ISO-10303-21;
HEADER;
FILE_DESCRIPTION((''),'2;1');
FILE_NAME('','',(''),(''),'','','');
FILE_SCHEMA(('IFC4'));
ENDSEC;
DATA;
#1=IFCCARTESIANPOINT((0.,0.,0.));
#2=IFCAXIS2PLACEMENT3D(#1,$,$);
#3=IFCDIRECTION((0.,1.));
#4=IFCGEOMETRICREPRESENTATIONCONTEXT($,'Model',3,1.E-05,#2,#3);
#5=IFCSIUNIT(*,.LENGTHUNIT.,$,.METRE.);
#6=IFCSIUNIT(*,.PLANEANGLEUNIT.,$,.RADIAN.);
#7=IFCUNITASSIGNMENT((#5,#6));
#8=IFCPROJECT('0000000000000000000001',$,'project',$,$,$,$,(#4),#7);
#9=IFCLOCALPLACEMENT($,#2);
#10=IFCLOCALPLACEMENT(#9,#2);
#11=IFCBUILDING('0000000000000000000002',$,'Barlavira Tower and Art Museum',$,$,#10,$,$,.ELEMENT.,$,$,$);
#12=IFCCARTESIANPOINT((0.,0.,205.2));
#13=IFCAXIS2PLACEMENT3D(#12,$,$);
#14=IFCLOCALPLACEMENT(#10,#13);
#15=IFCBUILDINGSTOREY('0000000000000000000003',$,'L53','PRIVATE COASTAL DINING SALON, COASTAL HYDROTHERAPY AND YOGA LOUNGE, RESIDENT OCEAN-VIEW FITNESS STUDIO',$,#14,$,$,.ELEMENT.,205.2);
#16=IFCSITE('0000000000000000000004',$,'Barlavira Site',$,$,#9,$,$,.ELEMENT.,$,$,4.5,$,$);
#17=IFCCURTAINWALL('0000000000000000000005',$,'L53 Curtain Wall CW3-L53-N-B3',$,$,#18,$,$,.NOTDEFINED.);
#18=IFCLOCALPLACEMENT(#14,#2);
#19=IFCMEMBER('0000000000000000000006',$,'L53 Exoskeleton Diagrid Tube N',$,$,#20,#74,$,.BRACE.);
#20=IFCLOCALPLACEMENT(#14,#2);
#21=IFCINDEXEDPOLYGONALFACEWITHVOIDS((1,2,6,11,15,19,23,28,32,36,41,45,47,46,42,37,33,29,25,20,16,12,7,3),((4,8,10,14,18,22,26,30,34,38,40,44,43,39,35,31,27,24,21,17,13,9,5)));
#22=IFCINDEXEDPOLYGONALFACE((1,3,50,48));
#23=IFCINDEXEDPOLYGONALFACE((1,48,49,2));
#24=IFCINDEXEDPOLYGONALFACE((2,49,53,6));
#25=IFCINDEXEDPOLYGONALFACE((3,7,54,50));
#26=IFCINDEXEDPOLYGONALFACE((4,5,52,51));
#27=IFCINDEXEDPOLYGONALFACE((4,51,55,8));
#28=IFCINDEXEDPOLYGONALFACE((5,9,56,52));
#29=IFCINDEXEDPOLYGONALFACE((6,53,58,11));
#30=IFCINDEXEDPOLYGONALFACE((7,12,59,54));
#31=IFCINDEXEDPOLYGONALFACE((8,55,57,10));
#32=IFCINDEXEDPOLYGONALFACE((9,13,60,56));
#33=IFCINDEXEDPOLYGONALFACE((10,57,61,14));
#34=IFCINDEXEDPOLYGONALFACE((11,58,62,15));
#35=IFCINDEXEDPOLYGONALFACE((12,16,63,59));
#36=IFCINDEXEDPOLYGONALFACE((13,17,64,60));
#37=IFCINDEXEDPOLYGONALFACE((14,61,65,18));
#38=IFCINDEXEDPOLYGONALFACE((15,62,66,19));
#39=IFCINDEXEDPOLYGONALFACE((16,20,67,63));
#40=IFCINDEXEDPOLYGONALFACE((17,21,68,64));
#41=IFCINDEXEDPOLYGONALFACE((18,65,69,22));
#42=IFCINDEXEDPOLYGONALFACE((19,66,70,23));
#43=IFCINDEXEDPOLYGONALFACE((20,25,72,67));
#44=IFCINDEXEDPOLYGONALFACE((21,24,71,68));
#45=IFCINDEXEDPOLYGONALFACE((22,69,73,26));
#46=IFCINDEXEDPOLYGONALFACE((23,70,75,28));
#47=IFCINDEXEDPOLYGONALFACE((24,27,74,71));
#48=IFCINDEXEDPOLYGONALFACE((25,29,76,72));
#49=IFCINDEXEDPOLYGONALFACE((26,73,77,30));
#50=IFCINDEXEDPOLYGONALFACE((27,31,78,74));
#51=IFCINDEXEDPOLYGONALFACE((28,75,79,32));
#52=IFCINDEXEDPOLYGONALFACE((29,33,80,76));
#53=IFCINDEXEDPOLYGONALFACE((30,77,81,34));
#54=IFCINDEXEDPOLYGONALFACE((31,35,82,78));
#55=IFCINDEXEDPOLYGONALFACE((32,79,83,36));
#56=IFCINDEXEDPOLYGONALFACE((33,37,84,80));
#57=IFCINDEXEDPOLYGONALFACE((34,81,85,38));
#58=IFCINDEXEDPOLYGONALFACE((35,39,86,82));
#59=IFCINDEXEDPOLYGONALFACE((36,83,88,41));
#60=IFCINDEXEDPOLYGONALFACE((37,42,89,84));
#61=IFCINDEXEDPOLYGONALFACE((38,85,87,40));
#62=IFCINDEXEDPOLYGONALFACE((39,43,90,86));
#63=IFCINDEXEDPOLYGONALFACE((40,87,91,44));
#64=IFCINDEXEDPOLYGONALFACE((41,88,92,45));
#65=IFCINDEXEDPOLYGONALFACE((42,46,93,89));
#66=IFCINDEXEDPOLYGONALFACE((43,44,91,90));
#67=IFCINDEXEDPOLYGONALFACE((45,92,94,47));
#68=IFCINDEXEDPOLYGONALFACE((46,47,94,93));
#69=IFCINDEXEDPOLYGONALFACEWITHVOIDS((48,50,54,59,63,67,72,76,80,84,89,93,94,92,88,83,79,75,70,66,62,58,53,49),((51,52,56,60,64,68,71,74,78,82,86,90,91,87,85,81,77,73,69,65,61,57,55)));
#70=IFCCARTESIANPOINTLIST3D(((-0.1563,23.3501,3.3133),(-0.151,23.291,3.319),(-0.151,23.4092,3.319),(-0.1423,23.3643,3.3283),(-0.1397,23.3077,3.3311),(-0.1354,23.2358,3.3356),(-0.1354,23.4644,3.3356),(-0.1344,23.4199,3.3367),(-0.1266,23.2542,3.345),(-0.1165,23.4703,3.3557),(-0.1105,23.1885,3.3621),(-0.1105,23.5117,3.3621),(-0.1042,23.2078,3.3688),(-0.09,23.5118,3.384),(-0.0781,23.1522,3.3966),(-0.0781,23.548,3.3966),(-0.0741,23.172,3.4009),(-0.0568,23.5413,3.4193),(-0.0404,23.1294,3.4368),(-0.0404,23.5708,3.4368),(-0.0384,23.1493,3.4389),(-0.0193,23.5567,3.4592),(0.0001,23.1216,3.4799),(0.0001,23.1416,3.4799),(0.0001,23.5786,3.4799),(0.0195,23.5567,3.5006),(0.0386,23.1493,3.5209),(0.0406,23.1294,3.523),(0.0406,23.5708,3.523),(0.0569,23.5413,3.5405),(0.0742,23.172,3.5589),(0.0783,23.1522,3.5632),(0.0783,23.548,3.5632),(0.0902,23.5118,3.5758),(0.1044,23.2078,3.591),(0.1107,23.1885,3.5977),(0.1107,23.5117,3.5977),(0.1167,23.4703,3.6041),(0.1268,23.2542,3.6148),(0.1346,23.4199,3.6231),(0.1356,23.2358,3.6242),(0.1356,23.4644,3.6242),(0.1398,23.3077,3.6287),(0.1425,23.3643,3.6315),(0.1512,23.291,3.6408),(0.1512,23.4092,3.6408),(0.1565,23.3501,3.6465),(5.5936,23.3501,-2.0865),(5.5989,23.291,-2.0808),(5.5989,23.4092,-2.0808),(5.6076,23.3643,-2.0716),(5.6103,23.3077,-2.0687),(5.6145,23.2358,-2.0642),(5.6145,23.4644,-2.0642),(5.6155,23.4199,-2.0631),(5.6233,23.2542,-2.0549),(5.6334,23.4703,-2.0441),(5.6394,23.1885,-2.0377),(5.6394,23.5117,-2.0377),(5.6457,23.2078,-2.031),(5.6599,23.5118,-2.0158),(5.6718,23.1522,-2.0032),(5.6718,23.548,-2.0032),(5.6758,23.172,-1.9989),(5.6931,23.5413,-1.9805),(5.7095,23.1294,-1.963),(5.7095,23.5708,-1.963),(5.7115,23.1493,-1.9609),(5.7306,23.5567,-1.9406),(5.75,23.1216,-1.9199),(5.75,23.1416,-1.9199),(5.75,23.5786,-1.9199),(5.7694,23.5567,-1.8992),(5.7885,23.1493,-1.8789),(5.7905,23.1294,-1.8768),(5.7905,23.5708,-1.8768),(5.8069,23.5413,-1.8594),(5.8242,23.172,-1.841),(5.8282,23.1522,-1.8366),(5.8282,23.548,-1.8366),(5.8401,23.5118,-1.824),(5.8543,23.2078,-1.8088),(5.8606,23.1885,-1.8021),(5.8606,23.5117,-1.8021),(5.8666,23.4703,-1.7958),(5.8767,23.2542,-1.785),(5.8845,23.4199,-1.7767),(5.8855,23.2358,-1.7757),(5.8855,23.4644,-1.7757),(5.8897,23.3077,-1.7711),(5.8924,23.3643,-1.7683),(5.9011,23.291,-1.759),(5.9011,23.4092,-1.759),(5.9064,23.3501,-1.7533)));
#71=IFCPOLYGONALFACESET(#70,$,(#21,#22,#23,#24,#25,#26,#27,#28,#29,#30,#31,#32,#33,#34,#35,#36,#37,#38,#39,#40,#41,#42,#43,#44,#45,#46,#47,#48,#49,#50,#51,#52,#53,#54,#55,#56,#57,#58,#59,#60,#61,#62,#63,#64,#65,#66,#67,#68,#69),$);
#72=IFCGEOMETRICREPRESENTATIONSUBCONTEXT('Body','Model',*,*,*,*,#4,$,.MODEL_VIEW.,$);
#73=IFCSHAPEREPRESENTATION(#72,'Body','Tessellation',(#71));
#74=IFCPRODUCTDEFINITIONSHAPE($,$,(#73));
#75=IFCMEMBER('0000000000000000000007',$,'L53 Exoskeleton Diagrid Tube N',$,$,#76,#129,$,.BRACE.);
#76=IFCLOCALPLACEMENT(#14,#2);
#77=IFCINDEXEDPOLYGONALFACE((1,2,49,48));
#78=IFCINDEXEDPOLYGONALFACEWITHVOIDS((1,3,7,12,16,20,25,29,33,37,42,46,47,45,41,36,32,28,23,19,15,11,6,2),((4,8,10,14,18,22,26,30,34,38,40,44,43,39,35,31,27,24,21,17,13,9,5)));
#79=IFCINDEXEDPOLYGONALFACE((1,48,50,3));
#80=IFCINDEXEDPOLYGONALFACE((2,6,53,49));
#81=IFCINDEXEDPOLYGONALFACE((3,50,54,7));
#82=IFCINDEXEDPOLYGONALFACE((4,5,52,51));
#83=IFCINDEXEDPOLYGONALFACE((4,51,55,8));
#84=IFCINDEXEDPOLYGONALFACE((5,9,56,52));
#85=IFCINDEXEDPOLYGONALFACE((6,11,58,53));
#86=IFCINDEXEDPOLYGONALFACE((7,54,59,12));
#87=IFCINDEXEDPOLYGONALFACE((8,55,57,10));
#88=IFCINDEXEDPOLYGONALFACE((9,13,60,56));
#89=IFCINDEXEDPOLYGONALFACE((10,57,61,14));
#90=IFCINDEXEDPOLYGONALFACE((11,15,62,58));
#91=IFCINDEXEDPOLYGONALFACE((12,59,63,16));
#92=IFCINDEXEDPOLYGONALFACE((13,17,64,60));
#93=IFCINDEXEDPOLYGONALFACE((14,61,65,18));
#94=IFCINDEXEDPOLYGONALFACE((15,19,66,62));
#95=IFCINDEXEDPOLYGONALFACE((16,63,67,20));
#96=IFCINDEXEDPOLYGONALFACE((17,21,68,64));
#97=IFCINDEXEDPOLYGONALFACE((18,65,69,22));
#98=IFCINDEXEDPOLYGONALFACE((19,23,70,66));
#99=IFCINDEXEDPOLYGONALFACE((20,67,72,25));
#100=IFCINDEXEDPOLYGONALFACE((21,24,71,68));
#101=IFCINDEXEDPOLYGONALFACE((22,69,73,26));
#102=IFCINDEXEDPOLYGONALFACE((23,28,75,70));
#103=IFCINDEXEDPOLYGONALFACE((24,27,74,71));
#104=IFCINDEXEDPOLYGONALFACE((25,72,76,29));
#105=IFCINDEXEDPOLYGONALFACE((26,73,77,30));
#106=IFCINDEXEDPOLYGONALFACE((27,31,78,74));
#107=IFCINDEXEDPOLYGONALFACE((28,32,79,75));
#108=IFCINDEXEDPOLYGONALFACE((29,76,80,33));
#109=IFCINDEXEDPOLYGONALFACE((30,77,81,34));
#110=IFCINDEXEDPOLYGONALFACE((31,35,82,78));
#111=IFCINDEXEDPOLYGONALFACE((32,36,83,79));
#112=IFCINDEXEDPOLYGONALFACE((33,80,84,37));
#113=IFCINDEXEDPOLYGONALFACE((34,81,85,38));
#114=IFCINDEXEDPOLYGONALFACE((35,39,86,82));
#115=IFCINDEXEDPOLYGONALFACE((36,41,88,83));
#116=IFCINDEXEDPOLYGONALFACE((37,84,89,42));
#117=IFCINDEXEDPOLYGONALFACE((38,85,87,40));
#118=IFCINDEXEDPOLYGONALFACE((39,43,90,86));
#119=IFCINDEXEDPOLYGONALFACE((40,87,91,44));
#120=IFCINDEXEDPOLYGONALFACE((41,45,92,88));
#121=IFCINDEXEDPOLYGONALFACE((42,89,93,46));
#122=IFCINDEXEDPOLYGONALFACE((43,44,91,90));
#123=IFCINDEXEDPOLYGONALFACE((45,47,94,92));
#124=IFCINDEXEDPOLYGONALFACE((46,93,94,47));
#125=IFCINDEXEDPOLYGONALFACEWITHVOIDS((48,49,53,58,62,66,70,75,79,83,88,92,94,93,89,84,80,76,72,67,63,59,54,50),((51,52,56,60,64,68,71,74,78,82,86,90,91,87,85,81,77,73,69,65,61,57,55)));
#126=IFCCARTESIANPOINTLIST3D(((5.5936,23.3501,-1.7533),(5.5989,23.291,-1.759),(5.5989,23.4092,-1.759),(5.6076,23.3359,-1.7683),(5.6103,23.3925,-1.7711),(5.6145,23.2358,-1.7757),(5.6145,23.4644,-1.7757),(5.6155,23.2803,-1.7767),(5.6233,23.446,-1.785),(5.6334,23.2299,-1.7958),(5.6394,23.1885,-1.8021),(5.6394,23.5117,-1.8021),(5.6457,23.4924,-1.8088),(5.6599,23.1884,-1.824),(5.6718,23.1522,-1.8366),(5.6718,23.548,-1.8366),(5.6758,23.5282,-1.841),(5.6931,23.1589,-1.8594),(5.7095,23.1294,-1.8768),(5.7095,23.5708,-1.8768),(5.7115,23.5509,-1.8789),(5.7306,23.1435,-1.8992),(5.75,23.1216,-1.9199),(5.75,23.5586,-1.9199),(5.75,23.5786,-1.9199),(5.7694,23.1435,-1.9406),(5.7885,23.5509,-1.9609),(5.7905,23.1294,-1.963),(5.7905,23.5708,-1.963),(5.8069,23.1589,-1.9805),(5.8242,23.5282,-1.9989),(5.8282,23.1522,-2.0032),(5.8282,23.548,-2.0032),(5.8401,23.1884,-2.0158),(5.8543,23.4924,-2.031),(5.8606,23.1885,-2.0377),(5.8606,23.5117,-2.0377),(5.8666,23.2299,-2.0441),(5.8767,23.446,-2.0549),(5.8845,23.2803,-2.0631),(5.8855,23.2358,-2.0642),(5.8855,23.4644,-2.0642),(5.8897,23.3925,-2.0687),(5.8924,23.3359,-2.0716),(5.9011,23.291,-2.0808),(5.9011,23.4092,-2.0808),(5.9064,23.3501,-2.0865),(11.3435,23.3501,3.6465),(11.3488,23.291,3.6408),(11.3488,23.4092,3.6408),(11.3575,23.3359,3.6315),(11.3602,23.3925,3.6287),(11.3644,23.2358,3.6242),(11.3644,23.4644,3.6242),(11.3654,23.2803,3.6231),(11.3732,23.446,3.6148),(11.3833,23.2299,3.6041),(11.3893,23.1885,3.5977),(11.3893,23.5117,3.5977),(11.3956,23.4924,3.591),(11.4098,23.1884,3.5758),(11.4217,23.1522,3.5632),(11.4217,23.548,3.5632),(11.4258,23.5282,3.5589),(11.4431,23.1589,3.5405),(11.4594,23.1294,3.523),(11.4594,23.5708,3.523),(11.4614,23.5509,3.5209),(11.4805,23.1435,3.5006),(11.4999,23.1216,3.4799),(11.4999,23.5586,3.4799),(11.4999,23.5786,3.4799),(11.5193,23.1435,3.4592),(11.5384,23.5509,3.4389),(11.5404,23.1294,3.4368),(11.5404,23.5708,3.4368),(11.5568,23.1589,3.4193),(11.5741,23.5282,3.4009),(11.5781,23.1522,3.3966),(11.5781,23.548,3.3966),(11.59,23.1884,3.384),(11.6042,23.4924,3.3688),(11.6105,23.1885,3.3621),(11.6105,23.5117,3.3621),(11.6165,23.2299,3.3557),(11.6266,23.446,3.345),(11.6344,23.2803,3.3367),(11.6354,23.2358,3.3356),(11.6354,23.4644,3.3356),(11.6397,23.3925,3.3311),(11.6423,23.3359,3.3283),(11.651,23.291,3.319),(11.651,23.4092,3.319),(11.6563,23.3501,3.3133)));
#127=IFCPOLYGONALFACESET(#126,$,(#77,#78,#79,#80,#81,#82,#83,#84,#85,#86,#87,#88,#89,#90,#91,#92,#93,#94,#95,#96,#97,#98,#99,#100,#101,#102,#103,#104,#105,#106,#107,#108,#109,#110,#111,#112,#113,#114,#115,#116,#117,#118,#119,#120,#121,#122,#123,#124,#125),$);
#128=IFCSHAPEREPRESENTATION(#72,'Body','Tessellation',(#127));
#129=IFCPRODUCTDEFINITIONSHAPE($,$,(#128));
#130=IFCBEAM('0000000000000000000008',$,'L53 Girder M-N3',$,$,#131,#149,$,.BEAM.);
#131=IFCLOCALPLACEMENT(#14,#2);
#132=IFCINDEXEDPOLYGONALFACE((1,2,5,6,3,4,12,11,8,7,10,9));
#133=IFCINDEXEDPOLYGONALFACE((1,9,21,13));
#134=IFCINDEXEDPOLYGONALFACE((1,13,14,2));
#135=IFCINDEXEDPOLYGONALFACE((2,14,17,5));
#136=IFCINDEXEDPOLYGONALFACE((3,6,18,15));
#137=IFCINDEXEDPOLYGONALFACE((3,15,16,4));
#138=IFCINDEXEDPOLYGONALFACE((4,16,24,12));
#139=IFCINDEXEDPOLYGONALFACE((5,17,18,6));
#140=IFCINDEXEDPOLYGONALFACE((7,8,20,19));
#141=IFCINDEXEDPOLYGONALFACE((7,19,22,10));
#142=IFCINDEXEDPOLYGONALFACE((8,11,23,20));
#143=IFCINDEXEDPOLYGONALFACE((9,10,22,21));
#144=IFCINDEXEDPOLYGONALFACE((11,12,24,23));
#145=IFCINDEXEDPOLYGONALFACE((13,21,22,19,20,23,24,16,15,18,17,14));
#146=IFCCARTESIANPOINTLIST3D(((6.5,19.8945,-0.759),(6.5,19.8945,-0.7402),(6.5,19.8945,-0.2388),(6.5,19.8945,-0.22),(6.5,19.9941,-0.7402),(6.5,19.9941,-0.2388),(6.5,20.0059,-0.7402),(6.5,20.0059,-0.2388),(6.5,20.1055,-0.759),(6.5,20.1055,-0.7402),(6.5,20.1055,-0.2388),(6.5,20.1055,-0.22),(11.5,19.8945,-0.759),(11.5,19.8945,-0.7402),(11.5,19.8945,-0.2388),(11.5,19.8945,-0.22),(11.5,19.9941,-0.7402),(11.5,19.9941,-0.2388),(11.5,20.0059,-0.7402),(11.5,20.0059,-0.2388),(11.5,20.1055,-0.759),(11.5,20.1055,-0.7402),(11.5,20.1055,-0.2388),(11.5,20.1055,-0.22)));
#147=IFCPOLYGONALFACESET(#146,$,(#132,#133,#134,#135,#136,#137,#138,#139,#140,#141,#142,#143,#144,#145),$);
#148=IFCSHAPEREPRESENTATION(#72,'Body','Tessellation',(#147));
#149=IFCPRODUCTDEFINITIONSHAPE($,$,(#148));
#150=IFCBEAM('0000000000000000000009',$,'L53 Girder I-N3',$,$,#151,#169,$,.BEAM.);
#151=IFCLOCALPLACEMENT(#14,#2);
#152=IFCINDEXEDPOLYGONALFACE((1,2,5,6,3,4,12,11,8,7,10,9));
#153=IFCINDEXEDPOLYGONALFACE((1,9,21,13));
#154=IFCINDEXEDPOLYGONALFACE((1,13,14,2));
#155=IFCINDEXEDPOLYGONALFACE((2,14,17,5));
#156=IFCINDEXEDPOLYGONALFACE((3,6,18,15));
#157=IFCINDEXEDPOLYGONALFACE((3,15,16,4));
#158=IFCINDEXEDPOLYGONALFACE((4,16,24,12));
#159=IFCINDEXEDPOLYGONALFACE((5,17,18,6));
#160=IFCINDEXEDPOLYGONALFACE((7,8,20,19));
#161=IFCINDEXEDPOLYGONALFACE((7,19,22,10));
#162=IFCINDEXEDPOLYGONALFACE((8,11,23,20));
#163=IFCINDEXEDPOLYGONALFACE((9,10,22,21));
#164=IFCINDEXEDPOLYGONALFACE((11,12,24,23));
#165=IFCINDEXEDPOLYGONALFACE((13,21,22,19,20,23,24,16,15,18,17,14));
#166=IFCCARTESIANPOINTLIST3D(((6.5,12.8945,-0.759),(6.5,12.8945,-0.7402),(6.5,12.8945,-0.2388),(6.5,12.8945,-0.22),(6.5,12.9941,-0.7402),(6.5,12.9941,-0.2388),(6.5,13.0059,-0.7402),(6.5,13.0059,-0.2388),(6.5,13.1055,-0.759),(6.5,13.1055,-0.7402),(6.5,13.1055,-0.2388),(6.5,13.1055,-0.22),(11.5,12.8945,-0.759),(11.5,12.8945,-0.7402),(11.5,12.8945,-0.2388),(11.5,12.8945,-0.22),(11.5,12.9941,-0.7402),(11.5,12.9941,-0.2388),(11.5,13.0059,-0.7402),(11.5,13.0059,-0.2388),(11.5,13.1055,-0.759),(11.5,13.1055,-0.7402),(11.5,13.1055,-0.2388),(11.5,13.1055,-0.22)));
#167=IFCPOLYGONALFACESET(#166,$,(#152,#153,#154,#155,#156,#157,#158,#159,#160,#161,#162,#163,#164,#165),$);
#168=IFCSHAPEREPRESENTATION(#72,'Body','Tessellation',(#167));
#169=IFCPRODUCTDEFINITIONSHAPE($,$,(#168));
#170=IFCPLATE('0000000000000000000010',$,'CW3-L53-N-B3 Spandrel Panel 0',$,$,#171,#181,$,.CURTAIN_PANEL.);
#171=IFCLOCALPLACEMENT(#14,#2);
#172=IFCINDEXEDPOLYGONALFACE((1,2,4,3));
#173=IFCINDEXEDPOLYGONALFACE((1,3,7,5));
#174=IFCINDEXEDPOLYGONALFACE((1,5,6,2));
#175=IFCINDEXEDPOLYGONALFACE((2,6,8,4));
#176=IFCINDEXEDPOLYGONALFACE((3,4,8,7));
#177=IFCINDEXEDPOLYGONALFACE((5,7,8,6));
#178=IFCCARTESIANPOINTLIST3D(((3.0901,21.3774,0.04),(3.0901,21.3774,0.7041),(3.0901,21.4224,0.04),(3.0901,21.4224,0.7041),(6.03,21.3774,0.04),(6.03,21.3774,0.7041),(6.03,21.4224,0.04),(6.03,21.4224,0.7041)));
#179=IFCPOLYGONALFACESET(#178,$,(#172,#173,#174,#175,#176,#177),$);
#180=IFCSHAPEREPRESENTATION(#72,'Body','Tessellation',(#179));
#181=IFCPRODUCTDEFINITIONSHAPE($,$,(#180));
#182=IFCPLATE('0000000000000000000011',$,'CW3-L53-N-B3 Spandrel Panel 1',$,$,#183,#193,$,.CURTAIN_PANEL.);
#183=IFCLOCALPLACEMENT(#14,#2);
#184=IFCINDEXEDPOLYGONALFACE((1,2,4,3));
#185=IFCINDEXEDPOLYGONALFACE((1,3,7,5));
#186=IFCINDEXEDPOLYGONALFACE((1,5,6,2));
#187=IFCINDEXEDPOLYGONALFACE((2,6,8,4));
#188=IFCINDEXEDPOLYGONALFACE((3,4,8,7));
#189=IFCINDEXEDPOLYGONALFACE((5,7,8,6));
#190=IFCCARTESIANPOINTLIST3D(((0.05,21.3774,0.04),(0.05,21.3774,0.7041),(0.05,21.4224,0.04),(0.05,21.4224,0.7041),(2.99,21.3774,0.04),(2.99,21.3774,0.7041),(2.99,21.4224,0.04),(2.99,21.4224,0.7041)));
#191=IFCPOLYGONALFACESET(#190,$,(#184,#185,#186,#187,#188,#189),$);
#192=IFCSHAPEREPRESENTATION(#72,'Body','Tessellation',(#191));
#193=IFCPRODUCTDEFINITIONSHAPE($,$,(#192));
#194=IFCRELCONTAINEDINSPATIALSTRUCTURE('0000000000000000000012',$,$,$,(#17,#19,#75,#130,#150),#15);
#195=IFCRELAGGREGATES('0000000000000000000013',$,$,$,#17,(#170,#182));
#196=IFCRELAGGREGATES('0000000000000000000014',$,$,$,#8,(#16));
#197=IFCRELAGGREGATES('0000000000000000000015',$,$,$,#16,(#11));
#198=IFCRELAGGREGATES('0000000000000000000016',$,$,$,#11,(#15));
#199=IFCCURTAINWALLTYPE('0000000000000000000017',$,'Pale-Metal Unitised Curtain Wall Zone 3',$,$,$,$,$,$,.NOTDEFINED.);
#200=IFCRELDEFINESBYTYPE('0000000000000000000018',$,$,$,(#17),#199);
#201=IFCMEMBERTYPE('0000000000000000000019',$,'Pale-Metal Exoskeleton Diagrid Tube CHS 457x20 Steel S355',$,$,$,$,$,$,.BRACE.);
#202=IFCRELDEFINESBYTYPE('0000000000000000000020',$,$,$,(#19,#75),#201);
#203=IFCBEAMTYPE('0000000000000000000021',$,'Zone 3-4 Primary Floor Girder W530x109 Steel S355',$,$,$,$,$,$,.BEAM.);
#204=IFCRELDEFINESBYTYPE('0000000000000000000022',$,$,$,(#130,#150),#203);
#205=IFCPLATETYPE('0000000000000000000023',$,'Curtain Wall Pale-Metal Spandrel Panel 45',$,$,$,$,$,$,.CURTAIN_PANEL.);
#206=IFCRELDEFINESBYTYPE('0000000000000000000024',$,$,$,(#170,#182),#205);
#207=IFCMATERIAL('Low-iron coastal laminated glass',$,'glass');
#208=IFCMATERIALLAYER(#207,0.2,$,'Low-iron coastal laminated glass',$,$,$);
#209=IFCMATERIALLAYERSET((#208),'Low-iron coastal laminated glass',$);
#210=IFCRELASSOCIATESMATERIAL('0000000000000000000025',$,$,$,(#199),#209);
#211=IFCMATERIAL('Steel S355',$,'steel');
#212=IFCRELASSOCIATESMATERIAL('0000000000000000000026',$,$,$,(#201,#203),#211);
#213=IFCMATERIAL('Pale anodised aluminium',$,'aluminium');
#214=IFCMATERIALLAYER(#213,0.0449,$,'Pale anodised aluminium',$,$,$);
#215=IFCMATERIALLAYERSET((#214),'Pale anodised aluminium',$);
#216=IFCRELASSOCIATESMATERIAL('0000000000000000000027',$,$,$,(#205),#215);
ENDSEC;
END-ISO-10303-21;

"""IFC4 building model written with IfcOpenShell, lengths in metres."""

from ifc_helpers import new_model, si_unit, direction, frame, origin, origin_2d, place, context, subcontext, project, spatial, rectangle, hollow_circle, i_section, extrude, material, layer, layer_set, material_profile, profile_set, type_object, element, aggregate, save


model = new_model("IFC4")

# Units and contexts
model_context = context("Model", 3, precision=1e-05, world=origin(), true_north=direction((0.0, 1.0)))
body_context = subcontext(model_context, "Body", "Model", "MODEL_VIEW")
ifc_project = project(units=[si_unit("LENGTHUNIT", "METRE"), si_unit("PLANEANGLEUNIT", "RADIAN")], contexts=[model_context])

# Site, building, storey
site_placement = place(None, origin())
site = spatial("IfcSite", under=ifc_project, at=site_placement, Name="Barlavira Site", CompositionType="ELEMENT", RefElevation=4.5)
building_placement = place(site_placement, origin())
building = spatial("IfcBuilding", under=site, at=building_placement, Name="Barlavira Tower and Art Museum", CompositionType="ELEMENT")
storey_placement = place(building_placement, frame((0.0, 0.0, 205.2)))
storey = spatial("IfcBuildingStorey", under=building, at=storey_placement, Name="L53", Description="PRIVATE COASTAL DINING SALON, COASTAL HYDROTHERAPY AND YOGA LOUNGE, RESIDENT OCEAN-VIEW FITNESS STUDIO", CompositionType="ELEMENT", Elevation=205.2)

# Curtain wall
ifc_material_1 = material(Name="Low-iron coastal laminated glass", Category="glass")
ifc_layer_1 = layer(ifc_material_1, 0.2, Name="Low-iron coastal laminated glass")
ifc_layer_set_1 = layer_set([ifc_layer_1], Name="Low-iron coastal laminated glass")
curtain_wall_type = type_object("IfcCurtainWallType", Name="Pale-Metal Unitised Curtain Wall Zone 3", PredefinedType="NOTDEFINED", material=ifc_layer_set_1)
curtain_wall_placement = place(storey_placement, origin())
curtain_wall = element("IfcCurtainWall", 1, at=curtain_wall_placement, inside=storey, type_object=curtain_wall_type, Name="L53 Curtain Wall CW3-L53-N-B3", PredefinedType="NOTDEFINED")
ifc_material_2 = material(Name="Pale anodised aluminium", Category="aluminium")

# Members
ifc_material_3 = material(Name="Steel S355", Category="steel")
ifc_material_profile_1 = material_profile(ifc_material_3, hollow_circle(Radius=0.2285, WallThickness=0.02, at=origin_2d()), Name="CHS 457.0x20.0")
ifc_profile_set_1 = profile_set([ifc_material_profile_1], Name="Steel S355")
member_type_1 = type_object("IfcMemberType", Name="Pale-Metal Exoskeleton Diagrid Tube CHS 457x20 Steel S355", PredefinedType="BRACE", material=ifc_profile_set_1)
for number, where, z_axis, x_axis, name in (
    (2, (5.75, 23.3501, -1.9199), (-0.72895, 0.0, 0.684567), (0.0, -1.0, 0.0), "L53 Exoskeleton Diagrid Tube N"),
    (3, (5.75, 23.3501, -1.9199), (0.72895, 0.0, 0.684567), (0.0, 1.0, 0.0), "L53 Exoskeleton Diagrid Tube N"),
):
    element("IfcMember", number, at=place(storey_placement, frame(where, z_axis=z_axis, x_axis=x_axis)), inside=storey, type_object=member_type_1, Name=name, PredefinedType="BRACE", context=body_context, shape_type="SweptSolid", body=[
        extrude(hollow_circle(Radius=0.2285, WallThickness=0.02, at=origin_2d()), origin(), (0.0, 0.0, 1.0), 7.8879),
    ])

# Beams
ifc_material_profile_2 = material_profile(ifc_material_3, i_section(OverallWidth=0.2109, OverallDepth=0.5391, WebThickness=0.0117, FlangeThickness=0.0188, at=origin_2d()), Name="W530x109.0")
ifc_profile_set_2 = profile_set([ifc_material_profile_2], Name="Steel S355")
beam_type = type_object("IfcBeamType", Name="Zone 3-4 Primary Floor Girder W530x109 Steel S355", PredefinedType="BEAM", material=ifc_profile_set_2)
for number, where, z_axis, x_axis, name in (
    (4, (6.5, 20.0, -0.4895), (1.0, 0.0, 0.0), (0.0, 1.0, 0.0), "L53 Girder M-N3"),
    (5, (6.5, 13.0, -0.4895), (1.0, 0.0, 0.0), (0.0, 1.0, 0.0), "L53 Girder I-N3"),
):
    element("IfcBeam", number, at=place(storey_placement, frame(where, z_axis=z_axis, x_axis=x_axis)), inside=storey, type_object=beam_type, Name=name, PredefinedType="BEAM", context=body_context, shape_type="SweptSolid", body=[
        extrude(i_section(OverallWidth=0.2109, OverallDepth=0.5391, WebThickness=0.0117, FlangeThickness=0.0188, at=origin_2d()), origin(), (0.0, 0.0, 1.0), 5.0),
    ])

# Plates
ifc_layer_2 = layer(ifc_material_2, 0.0449, Name="Pale anodised aluminium")
ifc_layer_set_2 = layer_set([ifc_layer_2], Name="Pale anodised aluminium")
plate_type_1 = type_object("IfcPlateType", Name="Curtain Wall Pale-Metal Spandrel Panel 45", PredefinedType="CURTAIN_PANEL", material=ifc_layer_set_2)
plate_1_placement = place(storey_placement, frame((4.5601, 21.3999, 0.04), z_axis=(0.0, 0.0, 1.0), x_axis=(-1.0, 0.0, 0.0)))
plate_1 = element("IfcPlate", 6, at=plate_1_placement, type_object=plate_type_1, Name="CW3-L53-N-B3 Spandrel Panel 0", PredefinedType="CURTAIN_PANEL", context=body_context, shape_type="SweptSolid", body=[
    extrude(rectangle(XDim=2.9399, YDim=0.0449, at=origin_2d()), origin(), (0.0, 0.0, 1.0), 0.6641),
])
plate_2_placement = place(storey_placement, frame((1.52, 21.3999, 0.04), z_axis=(0.0, 0.0, 1.0), x_axis=(-1.0, 0.0, 0.0)))
plate_2 = element("IfcPlate", 7, at=plate_2_placement, type_object=plate_type_1, Name="CW3-L53-N-B3 Spandrel Panel 1", PredefinedType="CURTAIN_PANEL", context=body_context, shape_type="SweptSolid", body=[
    extrude(rectangle(XDim=2.9399, YDim=0.0449, at=origin_2d()), origin(), (0.0, 0.0, 1.0), 0.6641),
])
aggregate(curtain_wall, [plate_1, plate_2])

save(model, "model.ifc")
